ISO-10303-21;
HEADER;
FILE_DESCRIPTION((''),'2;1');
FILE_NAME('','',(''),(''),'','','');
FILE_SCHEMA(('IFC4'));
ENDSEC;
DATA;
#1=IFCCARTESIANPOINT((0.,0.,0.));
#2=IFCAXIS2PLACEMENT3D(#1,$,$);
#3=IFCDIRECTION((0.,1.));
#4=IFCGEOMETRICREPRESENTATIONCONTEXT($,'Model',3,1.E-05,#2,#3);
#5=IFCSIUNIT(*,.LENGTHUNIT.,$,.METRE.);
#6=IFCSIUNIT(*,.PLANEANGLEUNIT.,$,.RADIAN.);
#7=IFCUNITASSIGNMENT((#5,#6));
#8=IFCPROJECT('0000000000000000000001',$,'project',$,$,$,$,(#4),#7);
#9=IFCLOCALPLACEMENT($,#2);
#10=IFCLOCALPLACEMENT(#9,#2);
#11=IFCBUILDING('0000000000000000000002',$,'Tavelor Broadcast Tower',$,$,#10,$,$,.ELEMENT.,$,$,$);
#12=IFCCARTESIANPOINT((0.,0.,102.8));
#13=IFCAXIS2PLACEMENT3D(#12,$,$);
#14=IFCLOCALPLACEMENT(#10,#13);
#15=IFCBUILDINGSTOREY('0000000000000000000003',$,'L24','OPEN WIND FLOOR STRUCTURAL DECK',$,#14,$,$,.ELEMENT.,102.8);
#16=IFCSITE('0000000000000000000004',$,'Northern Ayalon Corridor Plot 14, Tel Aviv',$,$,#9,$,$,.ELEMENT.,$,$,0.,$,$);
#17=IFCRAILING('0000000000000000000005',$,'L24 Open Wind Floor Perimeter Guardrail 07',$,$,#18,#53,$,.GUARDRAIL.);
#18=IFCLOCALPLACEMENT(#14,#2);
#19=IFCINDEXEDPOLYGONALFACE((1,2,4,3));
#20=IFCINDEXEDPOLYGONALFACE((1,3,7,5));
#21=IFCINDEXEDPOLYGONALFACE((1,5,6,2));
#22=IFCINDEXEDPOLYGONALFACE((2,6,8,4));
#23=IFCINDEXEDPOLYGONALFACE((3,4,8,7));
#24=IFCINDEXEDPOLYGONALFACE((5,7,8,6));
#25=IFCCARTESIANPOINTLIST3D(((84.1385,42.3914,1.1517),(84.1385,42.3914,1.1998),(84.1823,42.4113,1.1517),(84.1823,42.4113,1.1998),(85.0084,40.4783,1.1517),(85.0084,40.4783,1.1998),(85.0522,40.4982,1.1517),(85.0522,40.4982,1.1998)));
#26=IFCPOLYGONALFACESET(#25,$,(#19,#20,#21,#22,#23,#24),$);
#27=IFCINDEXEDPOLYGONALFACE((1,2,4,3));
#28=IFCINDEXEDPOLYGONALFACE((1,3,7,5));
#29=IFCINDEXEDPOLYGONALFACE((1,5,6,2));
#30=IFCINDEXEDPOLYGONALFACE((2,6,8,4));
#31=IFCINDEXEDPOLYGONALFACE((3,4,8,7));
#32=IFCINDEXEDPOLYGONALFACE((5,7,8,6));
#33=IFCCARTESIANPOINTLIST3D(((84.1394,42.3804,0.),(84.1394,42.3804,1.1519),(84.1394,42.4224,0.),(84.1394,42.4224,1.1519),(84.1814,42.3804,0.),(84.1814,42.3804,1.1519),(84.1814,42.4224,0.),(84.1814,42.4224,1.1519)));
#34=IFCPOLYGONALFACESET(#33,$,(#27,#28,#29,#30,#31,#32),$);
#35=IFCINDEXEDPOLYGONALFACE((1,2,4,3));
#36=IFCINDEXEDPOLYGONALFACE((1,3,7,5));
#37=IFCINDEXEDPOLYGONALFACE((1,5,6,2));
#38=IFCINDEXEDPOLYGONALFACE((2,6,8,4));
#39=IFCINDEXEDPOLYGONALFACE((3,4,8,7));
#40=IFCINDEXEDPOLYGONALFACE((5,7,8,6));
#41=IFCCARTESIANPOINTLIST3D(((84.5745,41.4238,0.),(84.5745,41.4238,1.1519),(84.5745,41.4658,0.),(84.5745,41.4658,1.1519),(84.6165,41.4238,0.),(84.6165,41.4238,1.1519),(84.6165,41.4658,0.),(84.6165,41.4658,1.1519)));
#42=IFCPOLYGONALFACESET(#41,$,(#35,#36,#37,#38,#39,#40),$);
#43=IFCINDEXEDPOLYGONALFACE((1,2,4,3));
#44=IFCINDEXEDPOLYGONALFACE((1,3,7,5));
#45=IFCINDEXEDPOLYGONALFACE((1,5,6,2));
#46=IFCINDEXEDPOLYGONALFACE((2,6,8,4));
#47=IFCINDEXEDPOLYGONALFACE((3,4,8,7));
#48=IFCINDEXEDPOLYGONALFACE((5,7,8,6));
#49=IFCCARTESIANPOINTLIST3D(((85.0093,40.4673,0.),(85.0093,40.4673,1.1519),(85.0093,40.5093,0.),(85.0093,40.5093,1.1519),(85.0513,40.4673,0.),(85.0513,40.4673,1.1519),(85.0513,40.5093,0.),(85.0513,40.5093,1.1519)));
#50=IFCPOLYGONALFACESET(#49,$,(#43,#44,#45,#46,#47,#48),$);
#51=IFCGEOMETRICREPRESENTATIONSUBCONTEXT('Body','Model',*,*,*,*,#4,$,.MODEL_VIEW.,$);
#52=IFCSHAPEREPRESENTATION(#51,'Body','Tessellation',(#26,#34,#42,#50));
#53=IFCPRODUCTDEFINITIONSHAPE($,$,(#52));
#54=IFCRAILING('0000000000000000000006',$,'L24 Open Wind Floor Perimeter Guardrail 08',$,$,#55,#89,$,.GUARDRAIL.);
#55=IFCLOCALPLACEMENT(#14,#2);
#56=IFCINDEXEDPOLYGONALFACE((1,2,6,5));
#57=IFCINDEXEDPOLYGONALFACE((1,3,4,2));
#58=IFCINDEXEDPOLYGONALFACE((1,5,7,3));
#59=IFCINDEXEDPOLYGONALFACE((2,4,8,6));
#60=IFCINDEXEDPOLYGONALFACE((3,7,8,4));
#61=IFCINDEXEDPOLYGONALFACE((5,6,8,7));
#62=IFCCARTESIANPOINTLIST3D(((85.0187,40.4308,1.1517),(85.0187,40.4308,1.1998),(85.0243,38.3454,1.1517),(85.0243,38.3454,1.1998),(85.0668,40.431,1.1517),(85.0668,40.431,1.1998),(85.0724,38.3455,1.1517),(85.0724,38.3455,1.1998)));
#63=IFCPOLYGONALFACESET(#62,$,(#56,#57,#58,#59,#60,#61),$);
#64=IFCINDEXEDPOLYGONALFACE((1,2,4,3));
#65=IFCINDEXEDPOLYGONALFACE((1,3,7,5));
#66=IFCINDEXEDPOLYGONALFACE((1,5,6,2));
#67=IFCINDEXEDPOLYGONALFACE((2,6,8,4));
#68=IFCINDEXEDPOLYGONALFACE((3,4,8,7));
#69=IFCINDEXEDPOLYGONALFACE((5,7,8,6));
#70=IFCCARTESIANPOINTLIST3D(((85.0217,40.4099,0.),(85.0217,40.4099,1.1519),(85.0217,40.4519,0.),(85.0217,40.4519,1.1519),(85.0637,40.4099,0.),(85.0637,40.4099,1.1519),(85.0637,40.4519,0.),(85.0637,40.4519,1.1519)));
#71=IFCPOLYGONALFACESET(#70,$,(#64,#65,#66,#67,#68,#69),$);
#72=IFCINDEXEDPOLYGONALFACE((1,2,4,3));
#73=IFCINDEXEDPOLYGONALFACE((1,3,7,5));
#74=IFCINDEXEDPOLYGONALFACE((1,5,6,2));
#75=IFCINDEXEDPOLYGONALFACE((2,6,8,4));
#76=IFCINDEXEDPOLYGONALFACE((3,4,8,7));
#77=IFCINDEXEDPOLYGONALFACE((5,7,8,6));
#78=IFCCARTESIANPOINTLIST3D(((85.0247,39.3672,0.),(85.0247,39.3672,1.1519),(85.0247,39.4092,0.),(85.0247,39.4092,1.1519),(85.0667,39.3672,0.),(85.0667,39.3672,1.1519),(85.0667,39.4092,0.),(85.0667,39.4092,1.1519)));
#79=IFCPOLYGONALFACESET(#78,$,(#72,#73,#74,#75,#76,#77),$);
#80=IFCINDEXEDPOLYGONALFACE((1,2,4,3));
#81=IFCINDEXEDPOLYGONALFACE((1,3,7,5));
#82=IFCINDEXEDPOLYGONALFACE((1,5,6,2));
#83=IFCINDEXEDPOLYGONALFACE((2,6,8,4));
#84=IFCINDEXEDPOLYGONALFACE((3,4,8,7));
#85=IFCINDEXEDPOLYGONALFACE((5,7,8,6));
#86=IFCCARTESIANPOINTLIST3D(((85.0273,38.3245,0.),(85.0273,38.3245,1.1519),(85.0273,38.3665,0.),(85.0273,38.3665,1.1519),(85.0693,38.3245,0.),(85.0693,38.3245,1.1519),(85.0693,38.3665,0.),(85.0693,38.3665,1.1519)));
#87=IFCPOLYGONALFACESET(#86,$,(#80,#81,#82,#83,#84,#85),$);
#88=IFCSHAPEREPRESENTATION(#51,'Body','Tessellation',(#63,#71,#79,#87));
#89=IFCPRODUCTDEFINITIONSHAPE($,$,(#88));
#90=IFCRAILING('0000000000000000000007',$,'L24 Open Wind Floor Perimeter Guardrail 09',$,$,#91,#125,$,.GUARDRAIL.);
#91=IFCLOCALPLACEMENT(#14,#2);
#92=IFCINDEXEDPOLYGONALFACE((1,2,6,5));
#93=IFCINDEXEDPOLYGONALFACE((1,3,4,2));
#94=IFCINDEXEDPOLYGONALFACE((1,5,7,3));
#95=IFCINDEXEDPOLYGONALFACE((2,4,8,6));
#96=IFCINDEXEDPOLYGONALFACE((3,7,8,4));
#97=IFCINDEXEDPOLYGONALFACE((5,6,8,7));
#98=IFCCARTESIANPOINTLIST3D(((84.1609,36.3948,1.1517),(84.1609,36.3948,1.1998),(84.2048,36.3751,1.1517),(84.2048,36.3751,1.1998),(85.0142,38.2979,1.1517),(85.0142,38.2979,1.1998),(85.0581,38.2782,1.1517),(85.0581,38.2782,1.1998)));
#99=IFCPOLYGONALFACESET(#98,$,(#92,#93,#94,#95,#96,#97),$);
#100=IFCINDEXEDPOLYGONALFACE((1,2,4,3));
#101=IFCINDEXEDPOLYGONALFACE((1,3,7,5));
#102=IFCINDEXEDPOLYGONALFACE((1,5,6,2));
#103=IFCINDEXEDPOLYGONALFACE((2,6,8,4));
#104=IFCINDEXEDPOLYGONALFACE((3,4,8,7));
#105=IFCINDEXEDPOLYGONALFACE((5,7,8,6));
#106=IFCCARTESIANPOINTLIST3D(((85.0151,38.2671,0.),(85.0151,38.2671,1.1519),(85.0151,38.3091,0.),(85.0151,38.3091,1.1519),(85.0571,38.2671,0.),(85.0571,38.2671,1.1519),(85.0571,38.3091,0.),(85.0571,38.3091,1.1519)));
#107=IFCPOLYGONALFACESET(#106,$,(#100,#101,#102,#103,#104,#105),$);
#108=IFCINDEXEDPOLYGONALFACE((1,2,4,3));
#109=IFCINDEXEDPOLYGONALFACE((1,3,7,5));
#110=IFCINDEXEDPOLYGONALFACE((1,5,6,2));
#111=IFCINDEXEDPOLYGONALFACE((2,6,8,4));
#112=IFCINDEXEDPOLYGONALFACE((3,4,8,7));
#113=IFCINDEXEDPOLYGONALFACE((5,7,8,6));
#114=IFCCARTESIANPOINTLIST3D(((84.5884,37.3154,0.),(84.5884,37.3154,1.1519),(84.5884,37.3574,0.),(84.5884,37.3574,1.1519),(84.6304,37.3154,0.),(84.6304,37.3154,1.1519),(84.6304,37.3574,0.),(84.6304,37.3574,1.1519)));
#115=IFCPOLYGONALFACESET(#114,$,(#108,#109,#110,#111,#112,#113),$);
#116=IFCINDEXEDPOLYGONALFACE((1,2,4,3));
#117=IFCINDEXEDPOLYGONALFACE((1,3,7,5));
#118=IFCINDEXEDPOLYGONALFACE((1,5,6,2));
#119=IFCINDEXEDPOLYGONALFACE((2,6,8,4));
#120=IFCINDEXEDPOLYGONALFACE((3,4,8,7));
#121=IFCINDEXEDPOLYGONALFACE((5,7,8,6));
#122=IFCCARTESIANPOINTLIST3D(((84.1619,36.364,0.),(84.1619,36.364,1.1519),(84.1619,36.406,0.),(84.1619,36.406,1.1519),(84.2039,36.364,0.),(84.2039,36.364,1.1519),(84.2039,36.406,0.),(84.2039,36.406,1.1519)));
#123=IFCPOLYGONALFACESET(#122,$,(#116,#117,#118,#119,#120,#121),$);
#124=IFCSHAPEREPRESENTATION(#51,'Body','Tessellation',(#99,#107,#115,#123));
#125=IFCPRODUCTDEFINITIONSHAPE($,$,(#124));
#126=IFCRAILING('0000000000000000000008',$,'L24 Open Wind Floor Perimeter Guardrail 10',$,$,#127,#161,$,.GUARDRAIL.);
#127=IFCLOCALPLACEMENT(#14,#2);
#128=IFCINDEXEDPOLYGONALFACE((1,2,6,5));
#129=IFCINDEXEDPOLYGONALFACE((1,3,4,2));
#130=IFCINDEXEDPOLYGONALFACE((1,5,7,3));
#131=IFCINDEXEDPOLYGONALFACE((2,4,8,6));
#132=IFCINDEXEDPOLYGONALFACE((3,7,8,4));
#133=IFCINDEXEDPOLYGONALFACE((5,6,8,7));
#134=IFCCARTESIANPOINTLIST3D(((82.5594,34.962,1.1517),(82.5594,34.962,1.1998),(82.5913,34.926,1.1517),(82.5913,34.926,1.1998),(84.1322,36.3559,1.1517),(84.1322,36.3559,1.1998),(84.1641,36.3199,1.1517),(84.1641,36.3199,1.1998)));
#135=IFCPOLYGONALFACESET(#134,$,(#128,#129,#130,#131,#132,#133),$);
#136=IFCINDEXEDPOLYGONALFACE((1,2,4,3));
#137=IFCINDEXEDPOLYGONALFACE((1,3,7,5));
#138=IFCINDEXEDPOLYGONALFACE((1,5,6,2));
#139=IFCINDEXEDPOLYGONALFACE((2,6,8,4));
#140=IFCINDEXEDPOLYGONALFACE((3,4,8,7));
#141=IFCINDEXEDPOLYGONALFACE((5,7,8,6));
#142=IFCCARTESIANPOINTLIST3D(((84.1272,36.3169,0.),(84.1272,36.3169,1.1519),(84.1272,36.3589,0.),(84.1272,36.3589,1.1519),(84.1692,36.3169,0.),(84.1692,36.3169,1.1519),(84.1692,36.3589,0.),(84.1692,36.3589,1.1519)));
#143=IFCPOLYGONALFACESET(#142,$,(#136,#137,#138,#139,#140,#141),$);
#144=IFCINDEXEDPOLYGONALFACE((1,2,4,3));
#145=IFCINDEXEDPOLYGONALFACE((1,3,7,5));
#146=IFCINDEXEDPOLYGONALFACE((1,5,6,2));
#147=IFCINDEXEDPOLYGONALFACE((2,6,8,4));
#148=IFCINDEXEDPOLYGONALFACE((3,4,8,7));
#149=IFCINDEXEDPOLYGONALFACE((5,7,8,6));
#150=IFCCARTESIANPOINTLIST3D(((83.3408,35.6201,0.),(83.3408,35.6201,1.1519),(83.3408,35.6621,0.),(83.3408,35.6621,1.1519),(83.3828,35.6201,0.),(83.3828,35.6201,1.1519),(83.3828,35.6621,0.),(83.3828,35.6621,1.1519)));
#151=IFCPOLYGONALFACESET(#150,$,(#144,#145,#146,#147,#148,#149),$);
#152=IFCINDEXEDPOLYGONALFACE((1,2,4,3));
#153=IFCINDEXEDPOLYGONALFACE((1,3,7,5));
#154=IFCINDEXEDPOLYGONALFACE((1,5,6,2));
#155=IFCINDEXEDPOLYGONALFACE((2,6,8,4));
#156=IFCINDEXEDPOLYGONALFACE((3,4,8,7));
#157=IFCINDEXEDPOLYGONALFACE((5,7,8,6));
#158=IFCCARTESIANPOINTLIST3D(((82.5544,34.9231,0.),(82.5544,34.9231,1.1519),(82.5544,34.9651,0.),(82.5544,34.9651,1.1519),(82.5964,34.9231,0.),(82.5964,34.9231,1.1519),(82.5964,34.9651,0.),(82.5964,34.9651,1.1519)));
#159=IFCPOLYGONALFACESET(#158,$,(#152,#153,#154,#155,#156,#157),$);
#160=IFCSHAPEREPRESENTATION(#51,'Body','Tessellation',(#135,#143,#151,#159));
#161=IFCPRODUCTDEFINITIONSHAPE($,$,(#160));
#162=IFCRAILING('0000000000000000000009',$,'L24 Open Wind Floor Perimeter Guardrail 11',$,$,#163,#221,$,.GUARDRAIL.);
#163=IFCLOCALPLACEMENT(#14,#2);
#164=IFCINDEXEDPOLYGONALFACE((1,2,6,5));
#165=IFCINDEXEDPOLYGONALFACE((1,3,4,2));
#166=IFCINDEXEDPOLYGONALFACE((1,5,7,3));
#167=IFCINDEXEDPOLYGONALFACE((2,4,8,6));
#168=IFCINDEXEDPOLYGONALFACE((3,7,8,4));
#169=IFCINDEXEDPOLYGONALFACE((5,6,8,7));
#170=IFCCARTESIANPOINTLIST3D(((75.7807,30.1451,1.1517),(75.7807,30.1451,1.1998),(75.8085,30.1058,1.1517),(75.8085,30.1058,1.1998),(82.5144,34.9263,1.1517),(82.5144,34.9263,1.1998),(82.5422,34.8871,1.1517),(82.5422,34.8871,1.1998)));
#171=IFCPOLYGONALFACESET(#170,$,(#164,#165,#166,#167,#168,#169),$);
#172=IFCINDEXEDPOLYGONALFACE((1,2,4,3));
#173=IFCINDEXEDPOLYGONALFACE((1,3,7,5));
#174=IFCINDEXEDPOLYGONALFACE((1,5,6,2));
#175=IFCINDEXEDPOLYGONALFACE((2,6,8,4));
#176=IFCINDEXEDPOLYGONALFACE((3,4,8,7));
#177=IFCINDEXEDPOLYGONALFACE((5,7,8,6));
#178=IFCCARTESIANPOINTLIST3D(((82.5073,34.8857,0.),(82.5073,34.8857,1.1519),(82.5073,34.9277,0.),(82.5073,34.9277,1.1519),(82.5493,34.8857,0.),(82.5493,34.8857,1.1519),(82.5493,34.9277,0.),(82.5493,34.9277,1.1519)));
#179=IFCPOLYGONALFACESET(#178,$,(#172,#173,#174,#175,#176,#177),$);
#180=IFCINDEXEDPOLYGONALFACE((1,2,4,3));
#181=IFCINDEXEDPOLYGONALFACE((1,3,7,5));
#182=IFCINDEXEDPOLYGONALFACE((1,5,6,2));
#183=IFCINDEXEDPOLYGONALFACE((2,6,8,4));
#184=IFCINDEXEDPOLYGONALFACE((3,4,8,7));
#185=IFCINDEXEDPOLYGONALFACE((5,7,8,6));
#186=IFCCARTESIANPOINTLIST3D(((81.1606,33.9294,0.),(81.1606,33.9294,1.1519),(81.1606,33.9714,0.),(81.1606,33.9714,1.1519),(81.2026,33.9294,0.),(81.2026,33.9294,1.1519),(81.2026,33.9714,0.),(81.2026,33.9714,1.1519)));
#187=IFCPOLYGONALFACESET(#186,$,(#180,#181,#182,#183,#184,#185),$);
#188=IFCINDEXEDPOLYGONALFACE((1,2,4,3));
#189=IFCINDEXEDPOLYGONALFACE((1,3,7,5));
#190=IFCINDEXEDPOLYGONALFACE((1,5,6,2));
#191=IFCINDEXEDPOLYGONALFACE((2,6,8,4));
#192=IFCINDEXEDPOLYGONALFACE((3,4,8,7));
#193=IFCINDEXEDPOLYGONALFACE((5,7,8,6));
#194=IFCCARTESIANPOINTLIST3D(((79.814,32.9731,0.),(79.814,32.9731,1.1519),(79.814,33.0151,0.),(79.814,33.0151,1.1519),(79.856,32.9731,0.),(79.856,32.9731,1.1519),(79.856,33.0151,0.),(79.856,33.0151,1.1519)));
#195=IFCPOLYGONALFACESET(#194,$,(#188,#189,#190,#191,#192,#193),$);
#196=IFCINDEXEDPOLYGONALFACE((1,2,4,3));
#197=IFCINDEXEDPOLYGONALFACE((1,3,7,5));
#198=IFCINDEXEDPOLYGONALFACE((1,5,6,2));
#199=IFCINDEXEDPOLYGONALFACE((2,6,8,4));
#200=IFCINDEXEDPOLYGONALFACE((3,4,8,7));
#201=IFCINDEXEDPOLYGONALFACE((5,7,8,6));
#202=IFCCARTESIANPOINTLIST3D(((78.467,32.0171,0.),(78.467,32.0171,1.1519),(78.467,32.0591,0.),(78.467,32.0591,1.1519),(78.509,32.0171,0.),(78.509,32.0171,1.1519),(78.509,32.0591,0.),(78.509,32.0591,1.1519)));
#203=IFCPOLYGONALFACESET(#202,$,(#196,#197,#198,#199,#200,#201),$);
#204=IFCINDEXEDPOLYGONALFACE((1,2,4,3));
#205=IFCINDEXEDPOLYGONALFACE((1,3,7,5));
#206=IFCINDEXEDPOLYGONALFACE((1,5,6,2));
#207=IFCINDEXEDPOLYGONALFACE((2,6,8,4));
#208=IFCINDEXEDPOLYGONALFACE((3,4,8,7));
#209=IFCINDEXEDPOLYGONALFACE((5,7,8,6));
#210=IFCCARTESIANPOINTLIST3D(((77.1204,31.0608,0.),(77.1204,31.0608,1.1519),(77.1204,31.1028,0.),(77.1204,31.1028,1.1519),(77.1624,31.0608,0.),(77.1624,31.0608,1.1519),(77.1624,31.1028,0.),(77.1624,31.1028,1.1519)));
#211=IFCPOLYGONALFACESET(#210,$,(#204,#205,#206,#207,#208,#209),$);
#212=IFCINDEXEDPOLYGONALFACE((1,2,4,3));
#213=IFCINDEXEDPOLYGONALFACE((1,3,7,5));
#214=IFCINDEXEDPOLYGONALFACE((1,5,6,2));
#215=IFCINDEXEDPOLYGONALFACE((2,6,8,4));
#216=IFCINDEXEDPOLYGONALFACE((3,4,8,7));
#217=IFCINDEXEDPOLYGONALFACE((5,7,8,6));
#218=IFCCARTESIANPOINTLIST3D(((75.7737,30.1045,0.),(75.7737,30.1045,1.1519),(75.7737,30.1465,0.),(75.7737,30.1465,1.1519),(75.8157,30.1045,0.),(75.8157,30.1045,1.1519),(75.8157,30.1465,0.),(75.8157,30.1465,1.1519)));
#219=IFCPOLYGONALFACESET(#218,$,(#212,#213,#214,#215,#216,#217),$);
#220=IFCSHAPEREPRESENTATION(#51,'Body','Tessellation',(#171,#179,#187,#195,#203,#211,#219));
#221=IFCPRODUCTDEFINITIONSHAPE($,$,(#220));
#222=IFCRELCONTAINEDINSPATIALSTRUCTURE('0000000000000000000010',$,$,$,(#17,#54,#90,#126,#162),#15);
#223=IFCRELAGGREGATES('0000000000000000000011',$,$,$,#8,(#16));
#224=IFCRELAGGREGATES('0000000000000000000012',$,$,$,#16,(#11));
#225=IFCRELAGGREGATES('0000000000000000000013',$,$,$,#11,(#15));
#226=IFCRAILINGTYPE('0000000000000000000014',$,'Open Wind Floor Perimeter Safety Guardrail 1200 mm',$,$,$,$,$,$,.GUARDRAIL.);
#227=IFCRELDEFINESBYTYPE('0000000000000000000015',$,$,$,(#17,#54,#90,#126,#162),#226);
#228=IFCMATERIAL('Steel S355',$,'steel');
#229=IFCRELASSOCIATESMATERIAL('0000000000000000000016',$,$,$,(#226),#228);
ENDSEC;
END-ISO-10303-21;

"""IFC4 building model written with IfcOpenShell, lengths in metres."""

from ifc_helpers import new_model, si_unit, direction, frame, origin, origin_2d, place, context, subcontext, project, spatial, rectangle, extrude, material, type_object, element, save


model = new_model("IFC4")

# Units and contexts
model_context = context("Model", 3, precision=1e-05, world=origin(), true_north=direction((0.0, 1.0)))
body_context = subcontext(model_context, "Body", "Model", "MODEL_VIEW")
ifc_project = project(units=[si_unit("LENGTHUNIT", "METRE"), si_unit("PLANEANGLEUNIT", "RADIAN")], contexts=[model_context])

# Site, building, storey
site_placement = place(None, origin())
site = spatial("IfcSite", under=ifc_project, at=site_placement, Name="Northern Ayalon Corridor Plot 14, Tel Aviv", CompositionType="ELEMENT", RefElevation=0.0)
building_placement = place(site_placement, origin())
building = spatial("IfcBuilding", under=site, at=building_placement, Name="Tavelor Broadcast Tower", CompositionType="ELEMENT")
storey_placement = place(building_placement, frame((0.0, 0.0, 102.8)))
storey = spatial("IfcBuildingStorey", under=building, at=storey_placement, Name="L24", Description="OPEN WIND FLOOR STRUCTURAL DECK", CompositionType="ELEMENT", Elevation=102.8)

# Railings
ifc_material_1 = material(Name="Steel S355", Category="steel")
railing_type = type_object("IfcRailingType", Name="Open Wind Floor Perimeter Safety Guardrail 1200 mm", PredefinedType="GUARDRAIL", material=ifc_material_1)
railing_1_placement = place(storey_placement, frame((84.1604, 42.4014, 0.0)))
element("IfcRailing", 1, at=railing_1_placement, inside=storey, type_object=railing_type, Name="L24 Open Wind Floor Perimeter Guardrail 07", PredefinedType="GUARDRAIL", context=body_context, shape_type="SweptSolid", body=[
    extrude(rectangle(XDim=0.0481, YDim=0.0481, at=origin_2d()), frame((0.0, 0.0, 1.1758), z_axis=(0.413917, -0.910315, 0.0), x_axis=(0.910315, 0.413917, 0.0)), (0.0, 0.0, 1.0), 2.1016),
    extrude(rectangle(XDim=0.042, YDim=0.042, at=origin_2d()), origin(), (0.0, 0.0, 1.0), 1.1519),
    extrude(rectangle(XDim=0.042, YDim=0.042, at=origin_2d()), frame((0.4351, -0.9565, 0.0)), (0.0, 0.0, 1.0), 1.1519),
    extrude(rectangle(XDim=0.042, YDim=0.042, at=origin_2d()), frame((0.8699, -1.9131, 0.0)), (0.0, 0.0, 1.0), 1.1519),
])
railing_2_placement = place(storey_placement, frame((85.0427, 40.4309, 0.0)))
element("IfcRailing", 2, at=railing_2_placement, inside=storey, type_object=railing_type, Name="L24 Open Wind Floor Perimeter Guardrail 08", PredefinedType="GUARDRAIL", context=body_context, shape_type="SweptSolid", body=[
    extrude(rectangle(XDim=0.0481, YDim=0.0481, at=origin_2d()), frame((0.0, 0.0, 1.1758), z_axis=(0.002693, -0.999996, 0.0), x_axis=(0.999996, 0.002693, 0.0)), (0.0, 0.0, 1.0), 2.0854),
    extrude(rectangle(XDim=0.042, YDim=0.042, at=origin_2d()), origin(), (0.0, 0.0, 1.0), 1.1519),
    extrude(rectangle(XDim=0.042, YDim=0.042, at=origin_2d()), frame((0.0029, -1.0427, 0.0)), (0.0, 0.0, 1.0), 1.1519),
    extrude(rectangle(XDim=0.042, YDim=0.042, at=origin_2d()), frame((0.0056, -2.0854, 0.0)), (0.0, 0.0, 1.0), 1.1519),
])
railing_3_placement = place(storey_placement, frame((85.0361, 38.2881, 0.0)))
element("IfcRailing", 3, at=railing_3_placement, inside=storey, type_object=railing_type, Name="L24 Open Wind Floor Perimeter Guardrail 09", PredefinedType="GUARDRAIL", context=body_context, shape_type="SweptSolid", body=[
    extrude(rectangle(XDim=0.0481, YDim=0.0481, at=origin_2d()), frame((0.0, 0.0, 1.1758), z_axis=(-0.409123, -0.912479, 0.0), x_axis=(0.912479, -0.409123, 0.0)), (0.0, 0.0, 1.0), 2.0857),
    extrude(rectangle(XDim=0.042, YDim=0.042, at=origin_2d()), origin(), (0.0, 0.0, 1.0), 1.1519),
    extrude(rectangle(XDim=0.042, YDim=0.042, at=origin_2d()), frame((-0.4268, -0.9517, 0.0)), (0.0, 0.0, 1.0), 1.1519),
    extrude(rectangle(XDim=0.042, YDim=0.042, at=origin_2d()), frame((-0.8533, -1.9031, 0.0)), (0.0, 0.0, 1.0), 1.1519),
])
railing_4_placement = place(storey_placement, frame((84.1482, 36.3379, 0.0)))
element("IfcRailing", 4, at=railing_4_placement, inside=storey, type_object=railing_type, Name="L24 Open Wind Floor Perimeter Guardrail 10", PredefinedType="GUARDRAIL", context=body_context, shape_type="SweptSolid", body=[
    extrude(rectangle(XDim=0.0481, YDim=0.0481, at=origin_2d()), frame((0.0, 0.0, 1.1758), z_axis=(-0.748402, -0.663245, 0.0), x_axis=(0.663245, -0.748402, 0.0)), (0.0, 0.0, 1.0), 2.1016),
    extrude(rectangle(XDim=0.042, YDim=0.042, at=origin_2d()), origin(), (0.0, 0.0, 1.0), 1.1519),
    extrude(rectangle(XDim=0.042, YDim=0.042, at=origin_2d()), frame((-0.7864, -0.6968, 0.0)), (0.0, 0.0, 1.0), 1.1519),
    extrude(rectangle(XDim=0.042, YDim=0.042, at=origin_2d()), frame((-1.5728, -1.3938, 0.0)), (0.0, 0.0, 1.0), 1.1519),
])
railing_5_placement = place(storey_placement, frame((82.5283, 34.9067, 0.0)))
element("IfcRailing", 5, at=railing_5_placement, inside=storey, type_object=railing_type, Name="L24 Open Wind Floor Perimeter Guardrail 11", PredefinedType="GUARDRAIL", context=body_context, shape_type="SweptSolid", body=[
    extrude(rectangle(XDim=0.0481, YDim=0.0481, at=origin_2d()), frame((0.0, 0.0, 1.1758), z_axis=(-0.815362, -0.578951, 0.0), x_axis=(0.578951, -0.815362, 0.0)), (0.0, 0.0, 1.0), 8.2585),
    extrude(rectangle(XDim=0.042, YDim=0.042, at=origin_2d()), origin(), (0.0, 0.0, 1.0), 1.1519),
    extrude(rectangle(XDim=0.042, YDim=0.042, at=origin_2d()), frame((-1.3467, -0.9563, 0.0)), (0.0, 0.0, 1.0), 1.1519),
    extrude(rectangle(XDim=0.042, YDim=0.042, at=origin_2d()), frame((-2.6934, -1.9126, 0.0)), (0.0, 0.0, 1.0), 1.1519),
    extrude(rectangle(XDim=0.042, YDim=0.042, at=origin_2d()), frame((-4.0403, -2.8687, 0.0)), (0.0, 0.0, 1.0), 1.1519),
    extrude(rectangle(XDim=0.042, YDim=0.042, at=origin_2d()), frame((-5.387, -3.825, 0.0)), (0.0, 0.0, 1.0), 1.1519),
    extrude(rectangle(XDim=0.042, YDim=0.042, at=origin_2d()), frame((-6.7336, -4.7812, 0.0)), (0.0, 0.0, 1.0), 1.1519),
])

save(model, "model.ifc")
